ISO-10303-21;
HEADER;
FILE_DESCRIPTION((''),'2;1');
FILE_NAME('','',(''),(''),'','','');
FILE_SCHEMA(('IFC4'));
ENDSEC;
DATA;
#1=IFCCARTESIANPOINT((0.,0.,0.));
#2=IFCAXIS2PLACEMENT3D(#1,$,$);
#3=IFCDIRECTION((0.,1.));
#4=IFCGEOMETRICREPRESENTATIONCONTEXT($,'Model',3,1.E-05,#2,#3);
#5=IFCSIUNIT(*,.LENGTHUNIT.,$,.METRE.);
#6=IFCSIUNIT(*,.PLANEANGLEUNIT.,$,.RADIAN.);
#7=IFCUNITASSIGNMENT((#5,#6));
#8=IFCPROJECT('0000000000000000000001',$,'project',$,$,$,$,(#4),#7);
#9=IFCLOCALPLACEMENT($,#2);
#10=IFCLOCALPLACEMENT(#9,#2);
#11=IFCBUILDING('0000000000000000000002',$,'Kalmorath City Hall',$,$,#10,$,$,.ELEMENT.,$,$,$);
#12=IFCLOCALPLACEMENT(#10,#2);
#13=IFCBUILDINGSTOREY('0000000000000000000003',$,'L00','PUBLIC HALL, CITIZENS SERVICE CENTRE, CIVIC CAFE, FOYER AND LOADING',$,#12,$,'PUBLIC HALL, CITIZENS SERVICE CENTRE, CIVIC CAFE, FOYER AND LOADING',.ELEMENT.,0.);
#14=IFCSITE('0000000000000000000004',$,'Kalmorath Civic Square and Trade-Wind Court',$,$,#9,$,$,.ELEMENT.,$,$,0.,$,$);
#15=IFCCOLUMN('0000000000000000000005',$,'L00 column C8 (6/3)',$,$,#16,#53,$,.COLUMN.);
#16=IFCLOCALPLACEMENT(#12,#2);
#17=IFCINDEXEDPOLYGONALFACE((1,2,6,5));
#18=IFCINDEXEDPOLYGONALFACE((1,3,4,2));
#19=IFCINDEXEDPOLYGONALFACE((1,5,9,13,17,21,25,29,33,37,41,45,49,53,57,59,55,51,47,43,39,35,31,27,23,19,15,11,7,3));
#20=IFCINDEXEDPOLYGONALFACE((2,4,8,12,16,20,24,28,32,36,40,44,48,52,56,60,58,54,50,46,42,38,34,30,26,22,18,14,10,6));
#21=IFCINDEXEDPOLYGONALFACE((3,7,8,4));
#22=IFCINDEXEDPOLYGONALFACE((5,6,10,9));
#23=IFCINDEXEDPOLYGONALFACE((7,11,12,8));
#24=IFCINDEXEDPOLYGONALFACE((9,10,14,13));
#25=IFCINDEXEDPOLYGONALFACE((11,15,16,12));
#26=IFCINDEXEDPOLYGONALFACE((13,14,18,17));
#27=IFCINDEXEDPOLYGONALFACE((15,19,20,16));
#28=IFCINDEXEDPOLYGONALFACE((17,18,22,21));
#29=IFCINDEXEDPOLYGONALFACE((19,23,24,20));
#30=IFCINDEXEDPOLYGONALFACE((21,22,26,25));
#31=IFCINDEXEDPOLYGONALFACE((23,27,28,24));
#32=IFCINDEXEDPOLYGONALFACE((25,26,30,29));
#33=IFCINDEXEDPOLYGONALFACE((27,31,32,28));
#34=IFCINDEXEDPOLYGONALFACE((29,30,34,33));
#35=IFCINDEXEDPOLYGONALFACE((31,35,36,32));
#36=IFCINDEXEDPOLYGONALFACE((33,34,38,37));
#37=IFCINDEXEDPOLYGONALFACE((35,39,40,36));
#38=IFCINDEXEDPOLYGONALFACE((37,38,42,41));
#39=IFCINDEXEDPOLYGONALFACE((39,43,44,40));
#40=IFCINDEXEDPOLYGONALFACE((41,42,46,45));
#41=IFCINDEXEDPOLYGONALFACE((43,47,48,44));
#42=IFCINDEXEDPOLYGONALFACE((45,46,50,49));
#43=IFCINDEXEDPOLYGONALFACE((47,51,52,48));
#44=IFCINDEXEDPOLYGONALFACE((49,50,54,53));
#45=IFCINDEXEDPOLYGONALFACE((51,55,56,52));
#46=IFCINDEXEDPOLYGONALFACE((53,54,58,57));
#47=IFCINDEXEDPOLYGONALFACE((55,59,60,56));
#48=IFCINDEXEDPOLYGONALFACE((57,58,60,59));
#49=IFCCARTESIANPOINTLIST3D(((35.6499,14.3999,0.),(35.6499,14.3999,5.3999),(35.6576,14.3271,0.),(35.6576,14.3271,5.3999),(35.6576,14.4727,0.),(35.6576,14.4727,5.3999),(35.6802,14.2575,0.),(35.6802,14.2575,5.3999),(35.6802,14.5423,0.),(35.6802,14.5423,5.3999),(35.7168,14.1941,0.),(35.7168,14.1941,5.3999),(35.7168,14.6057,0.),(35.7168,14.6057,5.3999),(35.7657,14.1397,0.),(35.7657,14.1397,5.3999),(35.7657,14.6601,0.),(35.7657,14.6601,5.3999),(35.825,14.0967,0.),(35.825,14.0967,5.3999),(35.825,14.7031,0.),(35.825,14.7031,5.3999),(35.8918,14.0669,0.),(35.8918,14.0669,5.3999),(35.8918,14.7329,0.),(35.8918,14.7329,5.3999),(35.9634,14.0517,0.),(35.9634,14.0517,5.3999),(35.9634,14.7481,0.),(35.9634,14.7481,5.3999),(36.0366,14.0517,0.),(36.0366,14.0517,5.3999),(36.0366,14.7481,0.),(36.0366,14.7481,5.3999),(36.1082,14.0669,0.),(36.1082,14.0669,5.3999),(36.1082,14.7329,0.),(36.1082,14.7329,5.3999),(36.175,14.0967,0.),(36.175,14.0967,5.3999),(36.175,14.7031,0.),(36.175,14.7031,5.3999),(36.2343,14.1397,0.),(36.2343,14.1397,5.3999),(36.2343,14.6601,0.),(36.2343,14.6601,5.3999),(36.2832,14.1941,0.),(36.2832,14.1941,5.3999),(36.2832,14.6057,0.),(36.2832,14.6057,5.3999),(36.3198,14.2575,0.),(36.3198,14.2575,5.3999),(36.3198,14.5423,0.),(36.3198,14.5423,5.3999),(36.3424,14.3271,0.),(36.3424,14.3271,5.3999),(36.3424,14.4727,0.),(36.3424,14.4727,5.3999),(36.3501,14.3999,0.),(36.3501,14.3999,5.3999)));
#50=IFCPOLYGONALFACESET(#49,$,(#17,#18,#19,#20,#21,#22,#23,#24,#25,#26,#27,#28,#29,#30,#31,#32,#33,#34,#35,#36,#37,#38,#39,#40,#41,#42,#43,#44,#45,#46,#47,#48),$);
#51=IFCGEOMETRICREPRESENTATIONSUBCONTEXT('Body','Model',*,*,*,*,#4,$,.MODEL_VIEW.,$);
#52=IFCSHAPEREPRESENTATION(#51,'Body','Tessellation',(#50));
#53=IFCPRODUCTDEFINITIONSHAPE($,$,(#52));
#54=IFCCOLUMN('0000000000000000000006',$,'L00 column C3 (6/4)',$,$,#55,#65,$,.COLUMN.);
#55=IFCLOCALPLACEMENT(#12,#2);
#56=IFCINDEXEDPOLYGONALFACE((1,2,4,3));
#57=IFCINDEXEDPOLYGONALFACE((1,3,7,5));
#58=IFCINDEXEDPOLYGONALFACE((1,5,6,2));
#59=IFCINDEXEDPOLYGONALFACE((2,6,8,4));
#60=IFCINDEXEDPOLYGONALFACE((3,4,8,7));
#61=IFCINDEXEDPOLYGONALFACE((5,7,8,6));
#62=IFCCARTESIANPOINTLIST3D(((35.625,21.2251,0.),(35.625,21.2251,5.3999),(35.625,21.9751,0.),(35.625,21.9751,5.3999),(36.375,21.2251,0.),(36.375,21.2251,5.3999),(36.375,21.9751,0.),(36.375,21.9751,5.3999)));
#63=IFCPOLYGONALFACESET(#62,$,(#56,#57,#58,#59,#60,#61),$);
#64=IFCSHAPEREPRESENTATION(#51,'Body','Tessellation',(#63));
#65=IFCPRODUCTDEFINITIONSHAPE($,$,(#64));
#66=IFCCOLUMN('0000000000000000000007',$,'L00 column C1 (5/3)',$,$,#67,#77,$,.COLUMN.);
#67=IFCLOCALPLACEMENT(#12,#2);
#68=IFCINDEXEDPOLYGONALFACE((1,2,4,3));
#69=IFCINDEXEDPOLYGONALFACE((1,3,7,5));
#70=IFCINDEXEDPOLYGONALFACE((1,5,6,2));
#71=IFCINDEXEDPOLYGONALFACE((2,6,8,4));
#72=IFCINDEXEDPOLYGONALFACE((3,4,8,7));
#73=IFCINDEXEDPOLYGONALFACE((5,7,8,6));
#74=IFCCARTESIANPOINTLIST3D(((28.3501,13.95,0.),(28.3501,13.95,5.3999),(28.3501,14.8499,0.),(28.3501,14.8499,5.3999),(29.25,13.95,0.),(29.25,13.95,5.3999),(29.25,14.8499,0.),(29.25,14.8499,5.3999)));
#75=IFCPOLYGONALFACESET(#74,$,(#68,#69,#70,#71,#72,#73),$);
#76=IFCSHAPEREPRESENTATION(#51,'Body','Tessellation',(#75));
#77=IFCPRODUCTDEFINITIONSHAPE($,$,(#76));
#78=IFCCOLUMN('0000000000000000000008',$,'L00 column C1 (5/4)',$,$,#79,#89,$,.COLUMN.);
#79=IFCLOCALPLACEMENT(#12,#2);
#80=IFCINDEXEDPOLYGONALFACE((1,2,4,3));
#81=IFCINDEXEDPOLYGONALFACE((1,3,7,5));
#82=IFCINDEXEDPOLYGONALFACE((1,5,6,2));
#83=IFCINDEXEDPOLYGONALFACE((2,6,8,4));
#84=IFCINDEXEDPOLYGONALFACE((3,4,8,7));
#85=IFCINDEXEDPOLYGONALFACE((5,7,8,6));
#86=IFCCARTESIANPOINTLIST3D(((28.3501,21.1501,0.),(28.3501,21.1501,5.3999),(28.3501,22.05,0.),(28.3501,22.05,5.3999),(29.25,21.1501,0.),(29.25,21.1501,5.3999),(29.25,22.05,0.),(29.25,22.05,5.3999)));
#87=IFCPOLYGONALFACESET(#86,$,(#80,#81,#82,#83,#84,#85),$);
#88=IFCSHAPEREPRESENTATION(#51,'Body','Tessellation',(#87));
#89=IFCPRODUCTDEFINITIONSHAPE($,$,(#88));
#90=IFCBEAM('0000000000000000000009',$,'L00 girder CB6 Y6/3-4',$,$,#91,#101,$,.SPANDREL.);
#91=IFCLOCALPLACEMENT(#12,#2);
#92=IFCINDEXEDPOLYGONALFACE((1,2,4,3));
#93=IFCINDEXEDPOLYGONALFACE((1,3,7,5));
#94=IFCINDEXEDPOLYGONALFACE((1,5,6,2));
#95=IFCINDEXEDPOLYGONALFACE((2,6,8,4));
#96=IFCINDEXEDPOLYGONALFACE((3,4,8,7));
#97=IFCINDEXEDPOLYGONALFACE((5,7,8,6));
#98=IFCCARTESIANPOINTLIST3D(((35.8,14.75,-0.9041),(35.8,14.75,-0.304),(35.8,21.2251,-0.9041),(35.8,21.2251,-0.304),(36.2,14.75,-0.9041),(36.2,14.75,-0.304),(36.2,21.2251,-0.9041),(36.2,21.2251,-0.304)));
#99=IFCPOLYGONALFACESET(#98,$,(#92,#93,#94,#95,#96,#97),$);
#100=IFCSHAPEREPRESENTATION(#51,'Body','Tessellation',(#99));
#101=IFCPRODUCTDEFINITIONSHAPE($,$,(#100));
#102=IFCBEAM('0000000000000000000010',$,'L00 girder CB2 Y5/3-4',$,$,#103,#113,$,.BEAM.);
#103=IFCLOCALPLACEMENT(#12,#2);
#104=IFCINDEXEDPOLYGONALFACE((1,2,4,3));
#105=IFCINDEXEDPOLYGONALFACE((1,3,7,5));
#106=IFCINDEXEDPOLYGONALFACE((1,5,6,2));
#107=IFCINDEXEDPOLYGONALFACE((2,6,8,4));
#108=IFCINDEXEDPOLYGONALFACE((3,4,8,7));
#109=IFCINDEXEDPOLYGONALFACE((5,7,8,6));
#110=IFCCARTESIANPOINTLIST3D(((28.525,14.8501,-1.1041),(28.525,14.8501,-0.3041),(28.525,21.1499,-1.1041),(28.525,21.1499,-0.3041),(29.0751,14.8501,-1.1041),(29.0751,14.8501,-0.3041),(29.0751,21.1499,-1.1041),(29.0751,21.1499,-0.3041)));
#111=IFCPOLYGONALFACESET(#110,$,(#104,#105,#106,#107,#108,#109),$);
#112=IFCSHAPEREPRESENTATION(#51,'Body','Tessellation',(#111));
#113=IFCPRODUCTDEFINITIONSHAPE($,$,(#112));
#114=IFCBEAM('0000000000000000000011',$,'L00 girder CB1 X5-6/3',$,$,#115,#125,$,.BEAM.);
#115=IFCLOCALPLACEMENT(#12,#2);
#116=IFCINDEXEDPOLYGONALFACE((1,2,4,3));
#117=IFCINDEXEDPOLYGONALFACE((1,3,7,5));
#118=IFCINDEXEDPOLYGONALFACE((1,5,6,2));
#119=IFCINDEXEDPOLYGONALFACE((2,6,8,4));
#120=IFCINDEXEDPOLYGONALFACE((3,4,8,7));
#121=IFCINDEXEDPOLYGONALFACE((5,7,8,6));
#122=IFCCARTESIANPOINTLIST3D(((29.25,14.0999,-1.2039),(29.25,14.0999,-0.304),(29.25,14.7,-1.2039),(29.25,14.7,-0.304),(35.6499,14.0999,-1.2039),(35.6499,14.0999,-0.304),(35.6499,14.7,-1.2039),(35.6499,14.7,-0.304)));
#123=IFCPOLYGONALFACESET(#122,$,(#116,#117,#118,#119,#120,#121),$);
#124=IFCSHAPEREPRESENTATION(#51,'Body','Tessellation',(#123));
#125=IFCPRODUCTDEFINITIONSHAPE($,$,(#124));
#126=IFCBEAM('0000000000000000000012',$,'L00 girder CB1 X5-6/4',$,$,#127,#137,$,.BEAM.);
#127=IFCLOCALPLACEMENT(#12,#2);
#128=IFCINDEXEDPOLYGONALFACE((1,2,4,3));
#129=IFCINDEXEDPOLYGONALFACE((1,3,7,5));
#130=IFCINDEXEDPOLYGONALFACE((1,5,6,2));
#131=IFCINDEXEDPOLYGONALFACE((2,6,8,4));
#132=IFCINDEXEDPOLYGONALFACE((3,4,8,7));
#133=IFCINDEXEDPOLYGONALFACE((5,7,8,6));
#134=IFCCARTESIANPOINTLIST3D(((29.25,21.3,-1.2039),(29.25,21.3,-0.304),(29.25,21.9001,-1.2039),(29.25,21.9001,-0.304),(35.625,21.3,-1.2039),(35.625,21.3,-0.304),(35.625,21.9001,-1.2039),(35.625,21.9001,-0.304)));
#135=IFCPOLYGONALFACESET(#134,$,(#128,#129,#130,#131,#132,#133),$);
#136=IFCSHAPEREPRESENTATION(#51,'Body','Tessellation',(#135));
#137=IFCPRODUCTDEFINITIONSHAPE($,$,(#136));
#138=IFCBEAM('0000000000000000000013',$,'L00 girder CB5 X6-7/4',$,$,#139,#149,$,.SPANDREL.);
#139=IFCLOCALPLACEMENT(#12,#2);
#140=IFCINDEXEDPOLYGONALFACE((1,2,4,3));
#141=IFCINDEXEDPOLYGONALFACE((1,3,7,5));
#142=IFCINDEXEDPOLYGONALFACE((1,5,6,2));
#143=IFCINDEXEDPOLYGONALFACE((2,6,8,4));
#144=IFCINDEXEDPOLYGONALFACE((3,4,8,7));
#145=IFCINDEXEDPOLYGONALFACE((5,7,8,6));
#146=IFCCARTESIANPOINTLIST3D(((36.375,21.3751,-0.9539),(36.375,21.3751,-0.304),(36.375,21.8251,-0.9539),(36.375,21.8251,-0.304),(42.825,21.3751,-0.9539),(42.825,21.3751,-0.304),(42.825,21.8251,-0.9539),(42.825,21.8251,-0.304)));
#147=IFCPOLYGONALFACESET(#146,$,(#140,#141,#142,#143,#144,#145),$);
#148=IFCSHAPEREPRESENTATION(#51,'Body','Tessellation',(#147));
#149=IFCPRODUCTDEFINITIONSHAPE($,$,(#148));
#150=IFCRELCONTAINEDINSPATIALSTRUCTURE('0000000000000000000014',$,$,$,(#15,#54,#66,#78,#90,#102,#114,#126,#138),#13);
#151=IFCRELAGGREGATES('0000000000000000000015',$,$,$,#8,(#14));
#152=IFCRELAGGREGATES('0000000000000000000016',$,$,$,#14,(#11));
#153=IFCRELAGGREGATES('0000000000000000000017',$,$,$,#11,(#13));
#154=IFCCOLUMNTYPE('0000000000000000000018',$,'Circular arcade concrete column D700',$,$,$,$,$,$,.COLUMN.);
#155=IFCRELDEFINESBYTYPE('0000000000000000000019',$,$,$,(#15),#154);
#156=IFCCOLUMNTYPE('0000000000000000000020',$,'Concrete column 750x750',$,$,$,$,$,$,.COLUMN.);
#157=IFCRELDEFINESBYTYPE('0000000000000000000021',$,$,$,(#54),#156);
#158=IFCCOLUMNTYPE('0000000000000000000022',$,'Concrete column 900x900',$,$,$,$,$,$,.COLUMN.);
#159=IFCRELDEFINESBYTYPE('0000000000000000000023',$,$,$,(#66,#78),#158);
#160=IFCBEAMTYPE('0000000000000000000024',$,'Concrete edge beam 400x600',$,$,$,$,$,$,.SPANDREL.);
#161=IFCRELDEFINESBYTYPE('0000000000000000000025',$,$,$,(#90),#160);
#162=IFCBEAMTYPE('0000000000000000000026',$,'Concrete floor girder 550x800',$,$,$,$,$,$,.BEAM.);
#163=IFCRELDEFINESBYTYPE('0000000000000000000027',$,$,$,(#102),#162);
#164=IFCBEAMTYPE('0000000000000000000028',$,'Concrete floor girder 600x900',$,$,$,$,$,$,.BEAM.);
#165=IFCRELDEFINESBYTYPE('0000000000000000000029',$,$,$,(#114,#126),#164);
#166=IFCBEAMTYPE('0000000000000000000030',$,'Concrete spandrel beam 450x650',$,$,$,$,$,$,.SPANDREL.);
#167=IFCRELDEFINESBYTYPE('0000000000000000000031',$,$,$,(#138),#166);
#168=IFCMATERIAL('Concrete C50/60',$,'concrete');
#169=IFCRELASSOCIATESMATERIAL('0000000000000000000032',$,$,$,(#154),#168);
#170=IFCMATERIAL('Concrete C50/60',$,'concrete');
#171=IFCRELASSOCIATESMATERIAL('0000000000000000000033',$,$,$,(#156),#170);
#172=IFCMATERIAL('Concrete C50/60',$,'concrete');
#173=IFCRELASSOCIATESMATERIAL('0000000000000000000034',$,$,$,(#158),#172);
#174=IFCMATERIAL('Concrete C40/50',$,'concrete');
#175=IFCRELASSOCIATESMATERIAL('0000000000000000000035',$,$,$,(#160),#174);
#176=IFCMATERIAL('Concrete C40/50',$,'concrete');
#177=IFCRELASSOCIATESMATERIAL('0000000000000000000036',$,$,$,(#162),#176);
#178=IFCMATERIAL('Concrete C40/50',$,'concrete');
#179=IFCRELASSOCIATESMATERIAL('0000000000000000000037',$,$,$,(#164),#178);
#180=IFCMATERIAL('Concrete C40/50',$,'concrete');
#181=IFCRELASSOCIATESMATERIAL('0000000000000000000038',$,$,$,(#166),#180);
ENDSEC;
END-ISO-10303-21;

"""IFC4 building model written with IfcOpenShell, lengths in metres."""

from ifc_helpers import new_model, si_unit, direction, frame, origin, origin_2d, place, context, subcontext, project, spatial, rectangle, circle, extrude, material, material_profile, profile_set, type_object, element, save


model = new_model("IFC4")

# Units and contexts
model_context = context("Model", 3, precision=1e-05, world=origin(), true_north=direction((0.0, 1.0)))
body_context = subcontext(model_context, "Body", "Model", "MODEL_VIEW")
ifc_project = project(units=[si_unit("LENGTHUNIT", "METRE"), si_unit("PLANEANGLEUNIT", "RADIAN")], contexts=[model_context])

# Site, building, storey
site_placement = place(None, origin())
site = spatial("IfcSite", under=ifc_project, at=site_placement, Name="Kalmorath Civic Square and Trade-Wind Court", CompositionType="ELEMENT", RefElevation=0.0)
building_placement = place(site_placement, origin())
building = spatial("IfcBuilding", under=site, at=building_placement, Name="Kalmorath City Hall", CompositionType="ELEMENT")
storey_placement = place(building_placement, origin())
storey = spatial("IfcBuildingStorey", under=building, at=storey_placement, Name="L00", Description="PUBLIC HALL, CITIZENS SERVICE CENTRE, CIVIC CAFE, FOYER AND LOADING", LongName="PUBLIC HALL, CITIZENS SERVICE CENTRE, CIVIC CAFE, FOYER AND LOADING", CompositionType="ELEMENT", Elevation=0.0)

# Columns
ifc_material_1 = material(Name="Concrete C50/60", Category="concrete")
ifc_material_profile_1 = material_profile(ifc_material_1, circle(Radius=0.3501, at=origin_2d()), Name="RC-COL-D700")
ifc_profile_set_1 = profile_set([ifc_material_profile_1], Name="Concrete C50/60")
column_type_1 = type_object("IfcColumnType", Name="Circular arcade concrete column D700", PredefinedType="COLUMN", material=ifc_profile_set_1)
column_1_placement = place(storey_placement, frame((36.0, 14.3999, 0.0), z_axis=(0.0, 0.0, 1.0), x_axis=(1.0, 0.0, 0.0)))
element("IfcColumn", 1, at=column_1_placement, inside=storey, type_object=column_type_1, Name="L00 column C8 (6/3)", PredefinedType="COLUMN", context=body_context, shape_type="SweptSolid", body=[
    extrude(circle(Radius=0.3501, at=origin_2d()), origin(), (0.0, 0.0, 1.0), 5.3999),
])
ifc_material_2 = material(Name="Concrete C50/60", Category="concrete")
ifc_material_profile_2 = material_profile(ifc_material_2, rectangle(XDim=0.75, YDim=0.75, at=origin_2d()), Name="RC-COL-750X750")
ifc_profile_set_2 = profile_set([ifc_material_profile_2], Name="Concrete C50/60")
column_type_2 = type_object("IfcColumnType", Name="Concrete column 750x750", PredefinedType="COLUMN", material=ifc_profile_set_2)
column_2_placement = place(storey_placement, frame((36.0, 21.6001, 0.0), z_axis=(0.0, 0.0, 1.0), x_axis=(1.0, 0.0, 0.0)))
element("IfcColumn", 2, at=column_2_placement, inside=storey, type_object=column_type_2, Name="L00 column C3 (6/4)", PredefinedType="COLUMN", context=body_context, shape_type="SweptSolid", body=[
    extrude(rectangle(XDim=0.75, YDim=0.75, at=origin_2d()), origin(), (0.0, 0.0, 1.0), 5.3999),
])
ifc_material_3 = material(Name="Concrete C50/60", Category="concrete")
ifc_material_profile_3 = material_profile(ifc_material_3, rectangle(XDim=0.8999, YDim=0.8999, at=origin_2d()), Name="RC-COL-900X900")
ifc_profile_set_3 = profile_set([ifc_material_profile_3], Name="Concrete C50/60")
column_type_3 = type_object("IfcColumnType", Name="Concrete column 900x900", PredefinedType="COLUMN", material=ifc_profile_set_3)
for number, where, z_axis, x_axis, name in (
    (3, (28.8, 14.3999, 0.0), (0.0, 0.0, 1.0), (1.0, 0.0, 0.0), "L00 column C1 (5/3)"),
    (4, (28.8, 21.6001, 0.0), (0.0, 0.0, 1.0), (1.0, 0.0, 0.0), "L00 column C1 (5/4)"),
):
    element("IfcColumn", number, at=place(storey_placement, frame(where, z_axis=z_axis, x_axis=x_axis)), inside=storey, type_object=column_type_3, Name=name, PredefinedType="COLUMN", context=body_context, shape_type="SweptSolid", body=[
        extrude(rectangle(XDim=0.8999, YDim=0.8999, at=origin_2d()), origin(), (0.0, 0.0, 1.0), 5.3999),
    ])

# Beams
ifc_material_4 = material(Name="Concrete C40/50", Category="concrete")
ifc_material_profile_4 = material_profile(ifc_material_4, rectangle(XDim=0.3999, YDim=0.6001, at=origin_2d()), Name="RC-BM-400X600")
ifc_profile_set_4 = profile_set([ifc_material_profile_4], Name="Concrete C40/50")
beam_type_1 = type_object("IfcBeamType", Name="Concrete edge beam 400x600", PredefinedType="SPANDREL", material=ifc_profile_set_4)
beam_1_placement = place(storey_placement, frame((36.0, 14.75, -0.604), z_axis=(0.0, 1.0, 0.0), x_axis=(-1.0, 0.0, 0.0)))
element("IfcBeam", 5, at=beam_1_placement, inside=storey, type_object=beam_type_1, Name="L00 girder CB6 Y6/3-4", PredefinedType="SPANDREL", context=body_context, shape_type="SweptSolid", body=[
    extrude(rectangle(XDim=0.3999, YDim=0.6001, at=origin_2d()), origin(), (0.0, 0.0, 1.0), 6.4751),
])
ifc_material_5 = material(Name="Concrete C40/50", Category="concrete")
ifc_material_profile_5 = material_profile(ifc_material_5, rectangle(XDim=0.55, YDim=0.8, at=origin_2d()), Name="RC-BM-550X800")
ifc_profile_set_5 = profile_set([ifc_material_profile_5], Name="Concrete C40/50")
beam_type_2 = type_object("IfcBeamType", Name="Concrete floor girder 550x800", PredefinedType="BEAM", material=ifc_profile_set_5)
beam_2_placement = place(storey_placement, frame((28.8, 14.8501, -0.7041), z_axis=(0.0, 1.0, 0.0), x_axis=(-1.0, 0.0, 0.0)))
element("IfcBeam", 6, at=beam_2_placement, inside=storey, type_object=beam_type_2, Name="L00 girder CB2 Y5/3-4", PredefinedType="BEAM", context=body_context, shape_type="SweptSolid", body=[
    extrude(rectangle(XDim=0.55, YDim=0.8, at=origin_2d()), origin(), (0.0, 0.0, 1.0), 6.2998),
])
ifc_material_6 = material(Name="Concrete C40/50", Category="concrete")
ifc_material_profile_6 = material_profile(ifc_material_6, rectangle(XDim=0.6001, YDim=0.8999, at=origin_2d()), Name="RC-BM-600X900")
ifc_profile_set_6 = profile_set([ifc_material_profile_6], Name="Concrete C40/50")
beam_type_3 = type_object("IfcBeamType", Name="Concrete floor girder 600x900", PredefinedType="BEAM", material=ifc_profile_set_6)
beam_3_placement = place(storey_placement, frame((29.25, 14.3999, -0.7539), z_axis=(1.0, 0.0, 0.0), x_axis=(0.0, 1.0, 0.0)))
element("IfcBeam", 7, at=beam_3_placement, inside=storey, type_object=beam_type_3, Name="L00 girder CB1 X5-6/3", PredefinedType="BEAM", context=body_context, shape_type="SweptSolid", body=[
    extrude(rectangle(XDim=0.6001, YDim=0.8999, at=origin_2d()), origin(), (0.0, 0.0, 1.0), 6.3999),
])
beam_4_placement = place(storey_placement, frame((29.25, 21.6001, -0.7539), z_axis=(1.0, 0.0, 0.0), x_axis=(0.0, 1.0, 0.0)))
element("IfcBeam", 8, at=beam_4_placement, inside=storey, type_object=beam_type_3, Name="L00 girder CB1 X5-6/4", PredefinedType="BEAM", context=body_context, shape_type="SweptSolid", body=[
    extrude(rectangle(XDim=0.6001, YDim=0.8999, at=origin_2d()), origin(), (0.0, 0.0, 1.0), 6.375),
])
ifc_material_7 = material(Name="Concrete C40/50", Category="concrete")
ifc_material_profile_7 = material_profile(ifc_material_7, rectangle(XDim=0.45, YDim=0.6499, at=origin_2d()), Name="RC-BM-450X650")
ifc_profile_set_7 = profile_set([ifc_material_profile_7], Name="Concrete C40/50")
beam_type_4 = type_object("IfcBeamType", Name="Concrete spandrel beam 450x650", PredefinedType="SPANDREL", material=ifc_profile_set_7)
beam_5_placement = place(storey_placement, frame((36.375, 21.6001, -0.6289), z_axis=(1.0, 0.0, 0.0), x_axis=(0.0, 1.0, 0.0)))
element("IfcBeam", 9, at=beam_5_placement, inside=storey, type_object=beam_type_4, Name="L00 girder CB5 X6-7/4", PredefinedType="SPANDREL", context=body_context, shape_type="SweptSolid", body=[
    extrude(rectangle(XDim=0.45, YDim=0.6499, at=origin_2d()), origin(), (0.0, 0.0, 1.0), 6.45),
])

save(model, "model.ifc")
